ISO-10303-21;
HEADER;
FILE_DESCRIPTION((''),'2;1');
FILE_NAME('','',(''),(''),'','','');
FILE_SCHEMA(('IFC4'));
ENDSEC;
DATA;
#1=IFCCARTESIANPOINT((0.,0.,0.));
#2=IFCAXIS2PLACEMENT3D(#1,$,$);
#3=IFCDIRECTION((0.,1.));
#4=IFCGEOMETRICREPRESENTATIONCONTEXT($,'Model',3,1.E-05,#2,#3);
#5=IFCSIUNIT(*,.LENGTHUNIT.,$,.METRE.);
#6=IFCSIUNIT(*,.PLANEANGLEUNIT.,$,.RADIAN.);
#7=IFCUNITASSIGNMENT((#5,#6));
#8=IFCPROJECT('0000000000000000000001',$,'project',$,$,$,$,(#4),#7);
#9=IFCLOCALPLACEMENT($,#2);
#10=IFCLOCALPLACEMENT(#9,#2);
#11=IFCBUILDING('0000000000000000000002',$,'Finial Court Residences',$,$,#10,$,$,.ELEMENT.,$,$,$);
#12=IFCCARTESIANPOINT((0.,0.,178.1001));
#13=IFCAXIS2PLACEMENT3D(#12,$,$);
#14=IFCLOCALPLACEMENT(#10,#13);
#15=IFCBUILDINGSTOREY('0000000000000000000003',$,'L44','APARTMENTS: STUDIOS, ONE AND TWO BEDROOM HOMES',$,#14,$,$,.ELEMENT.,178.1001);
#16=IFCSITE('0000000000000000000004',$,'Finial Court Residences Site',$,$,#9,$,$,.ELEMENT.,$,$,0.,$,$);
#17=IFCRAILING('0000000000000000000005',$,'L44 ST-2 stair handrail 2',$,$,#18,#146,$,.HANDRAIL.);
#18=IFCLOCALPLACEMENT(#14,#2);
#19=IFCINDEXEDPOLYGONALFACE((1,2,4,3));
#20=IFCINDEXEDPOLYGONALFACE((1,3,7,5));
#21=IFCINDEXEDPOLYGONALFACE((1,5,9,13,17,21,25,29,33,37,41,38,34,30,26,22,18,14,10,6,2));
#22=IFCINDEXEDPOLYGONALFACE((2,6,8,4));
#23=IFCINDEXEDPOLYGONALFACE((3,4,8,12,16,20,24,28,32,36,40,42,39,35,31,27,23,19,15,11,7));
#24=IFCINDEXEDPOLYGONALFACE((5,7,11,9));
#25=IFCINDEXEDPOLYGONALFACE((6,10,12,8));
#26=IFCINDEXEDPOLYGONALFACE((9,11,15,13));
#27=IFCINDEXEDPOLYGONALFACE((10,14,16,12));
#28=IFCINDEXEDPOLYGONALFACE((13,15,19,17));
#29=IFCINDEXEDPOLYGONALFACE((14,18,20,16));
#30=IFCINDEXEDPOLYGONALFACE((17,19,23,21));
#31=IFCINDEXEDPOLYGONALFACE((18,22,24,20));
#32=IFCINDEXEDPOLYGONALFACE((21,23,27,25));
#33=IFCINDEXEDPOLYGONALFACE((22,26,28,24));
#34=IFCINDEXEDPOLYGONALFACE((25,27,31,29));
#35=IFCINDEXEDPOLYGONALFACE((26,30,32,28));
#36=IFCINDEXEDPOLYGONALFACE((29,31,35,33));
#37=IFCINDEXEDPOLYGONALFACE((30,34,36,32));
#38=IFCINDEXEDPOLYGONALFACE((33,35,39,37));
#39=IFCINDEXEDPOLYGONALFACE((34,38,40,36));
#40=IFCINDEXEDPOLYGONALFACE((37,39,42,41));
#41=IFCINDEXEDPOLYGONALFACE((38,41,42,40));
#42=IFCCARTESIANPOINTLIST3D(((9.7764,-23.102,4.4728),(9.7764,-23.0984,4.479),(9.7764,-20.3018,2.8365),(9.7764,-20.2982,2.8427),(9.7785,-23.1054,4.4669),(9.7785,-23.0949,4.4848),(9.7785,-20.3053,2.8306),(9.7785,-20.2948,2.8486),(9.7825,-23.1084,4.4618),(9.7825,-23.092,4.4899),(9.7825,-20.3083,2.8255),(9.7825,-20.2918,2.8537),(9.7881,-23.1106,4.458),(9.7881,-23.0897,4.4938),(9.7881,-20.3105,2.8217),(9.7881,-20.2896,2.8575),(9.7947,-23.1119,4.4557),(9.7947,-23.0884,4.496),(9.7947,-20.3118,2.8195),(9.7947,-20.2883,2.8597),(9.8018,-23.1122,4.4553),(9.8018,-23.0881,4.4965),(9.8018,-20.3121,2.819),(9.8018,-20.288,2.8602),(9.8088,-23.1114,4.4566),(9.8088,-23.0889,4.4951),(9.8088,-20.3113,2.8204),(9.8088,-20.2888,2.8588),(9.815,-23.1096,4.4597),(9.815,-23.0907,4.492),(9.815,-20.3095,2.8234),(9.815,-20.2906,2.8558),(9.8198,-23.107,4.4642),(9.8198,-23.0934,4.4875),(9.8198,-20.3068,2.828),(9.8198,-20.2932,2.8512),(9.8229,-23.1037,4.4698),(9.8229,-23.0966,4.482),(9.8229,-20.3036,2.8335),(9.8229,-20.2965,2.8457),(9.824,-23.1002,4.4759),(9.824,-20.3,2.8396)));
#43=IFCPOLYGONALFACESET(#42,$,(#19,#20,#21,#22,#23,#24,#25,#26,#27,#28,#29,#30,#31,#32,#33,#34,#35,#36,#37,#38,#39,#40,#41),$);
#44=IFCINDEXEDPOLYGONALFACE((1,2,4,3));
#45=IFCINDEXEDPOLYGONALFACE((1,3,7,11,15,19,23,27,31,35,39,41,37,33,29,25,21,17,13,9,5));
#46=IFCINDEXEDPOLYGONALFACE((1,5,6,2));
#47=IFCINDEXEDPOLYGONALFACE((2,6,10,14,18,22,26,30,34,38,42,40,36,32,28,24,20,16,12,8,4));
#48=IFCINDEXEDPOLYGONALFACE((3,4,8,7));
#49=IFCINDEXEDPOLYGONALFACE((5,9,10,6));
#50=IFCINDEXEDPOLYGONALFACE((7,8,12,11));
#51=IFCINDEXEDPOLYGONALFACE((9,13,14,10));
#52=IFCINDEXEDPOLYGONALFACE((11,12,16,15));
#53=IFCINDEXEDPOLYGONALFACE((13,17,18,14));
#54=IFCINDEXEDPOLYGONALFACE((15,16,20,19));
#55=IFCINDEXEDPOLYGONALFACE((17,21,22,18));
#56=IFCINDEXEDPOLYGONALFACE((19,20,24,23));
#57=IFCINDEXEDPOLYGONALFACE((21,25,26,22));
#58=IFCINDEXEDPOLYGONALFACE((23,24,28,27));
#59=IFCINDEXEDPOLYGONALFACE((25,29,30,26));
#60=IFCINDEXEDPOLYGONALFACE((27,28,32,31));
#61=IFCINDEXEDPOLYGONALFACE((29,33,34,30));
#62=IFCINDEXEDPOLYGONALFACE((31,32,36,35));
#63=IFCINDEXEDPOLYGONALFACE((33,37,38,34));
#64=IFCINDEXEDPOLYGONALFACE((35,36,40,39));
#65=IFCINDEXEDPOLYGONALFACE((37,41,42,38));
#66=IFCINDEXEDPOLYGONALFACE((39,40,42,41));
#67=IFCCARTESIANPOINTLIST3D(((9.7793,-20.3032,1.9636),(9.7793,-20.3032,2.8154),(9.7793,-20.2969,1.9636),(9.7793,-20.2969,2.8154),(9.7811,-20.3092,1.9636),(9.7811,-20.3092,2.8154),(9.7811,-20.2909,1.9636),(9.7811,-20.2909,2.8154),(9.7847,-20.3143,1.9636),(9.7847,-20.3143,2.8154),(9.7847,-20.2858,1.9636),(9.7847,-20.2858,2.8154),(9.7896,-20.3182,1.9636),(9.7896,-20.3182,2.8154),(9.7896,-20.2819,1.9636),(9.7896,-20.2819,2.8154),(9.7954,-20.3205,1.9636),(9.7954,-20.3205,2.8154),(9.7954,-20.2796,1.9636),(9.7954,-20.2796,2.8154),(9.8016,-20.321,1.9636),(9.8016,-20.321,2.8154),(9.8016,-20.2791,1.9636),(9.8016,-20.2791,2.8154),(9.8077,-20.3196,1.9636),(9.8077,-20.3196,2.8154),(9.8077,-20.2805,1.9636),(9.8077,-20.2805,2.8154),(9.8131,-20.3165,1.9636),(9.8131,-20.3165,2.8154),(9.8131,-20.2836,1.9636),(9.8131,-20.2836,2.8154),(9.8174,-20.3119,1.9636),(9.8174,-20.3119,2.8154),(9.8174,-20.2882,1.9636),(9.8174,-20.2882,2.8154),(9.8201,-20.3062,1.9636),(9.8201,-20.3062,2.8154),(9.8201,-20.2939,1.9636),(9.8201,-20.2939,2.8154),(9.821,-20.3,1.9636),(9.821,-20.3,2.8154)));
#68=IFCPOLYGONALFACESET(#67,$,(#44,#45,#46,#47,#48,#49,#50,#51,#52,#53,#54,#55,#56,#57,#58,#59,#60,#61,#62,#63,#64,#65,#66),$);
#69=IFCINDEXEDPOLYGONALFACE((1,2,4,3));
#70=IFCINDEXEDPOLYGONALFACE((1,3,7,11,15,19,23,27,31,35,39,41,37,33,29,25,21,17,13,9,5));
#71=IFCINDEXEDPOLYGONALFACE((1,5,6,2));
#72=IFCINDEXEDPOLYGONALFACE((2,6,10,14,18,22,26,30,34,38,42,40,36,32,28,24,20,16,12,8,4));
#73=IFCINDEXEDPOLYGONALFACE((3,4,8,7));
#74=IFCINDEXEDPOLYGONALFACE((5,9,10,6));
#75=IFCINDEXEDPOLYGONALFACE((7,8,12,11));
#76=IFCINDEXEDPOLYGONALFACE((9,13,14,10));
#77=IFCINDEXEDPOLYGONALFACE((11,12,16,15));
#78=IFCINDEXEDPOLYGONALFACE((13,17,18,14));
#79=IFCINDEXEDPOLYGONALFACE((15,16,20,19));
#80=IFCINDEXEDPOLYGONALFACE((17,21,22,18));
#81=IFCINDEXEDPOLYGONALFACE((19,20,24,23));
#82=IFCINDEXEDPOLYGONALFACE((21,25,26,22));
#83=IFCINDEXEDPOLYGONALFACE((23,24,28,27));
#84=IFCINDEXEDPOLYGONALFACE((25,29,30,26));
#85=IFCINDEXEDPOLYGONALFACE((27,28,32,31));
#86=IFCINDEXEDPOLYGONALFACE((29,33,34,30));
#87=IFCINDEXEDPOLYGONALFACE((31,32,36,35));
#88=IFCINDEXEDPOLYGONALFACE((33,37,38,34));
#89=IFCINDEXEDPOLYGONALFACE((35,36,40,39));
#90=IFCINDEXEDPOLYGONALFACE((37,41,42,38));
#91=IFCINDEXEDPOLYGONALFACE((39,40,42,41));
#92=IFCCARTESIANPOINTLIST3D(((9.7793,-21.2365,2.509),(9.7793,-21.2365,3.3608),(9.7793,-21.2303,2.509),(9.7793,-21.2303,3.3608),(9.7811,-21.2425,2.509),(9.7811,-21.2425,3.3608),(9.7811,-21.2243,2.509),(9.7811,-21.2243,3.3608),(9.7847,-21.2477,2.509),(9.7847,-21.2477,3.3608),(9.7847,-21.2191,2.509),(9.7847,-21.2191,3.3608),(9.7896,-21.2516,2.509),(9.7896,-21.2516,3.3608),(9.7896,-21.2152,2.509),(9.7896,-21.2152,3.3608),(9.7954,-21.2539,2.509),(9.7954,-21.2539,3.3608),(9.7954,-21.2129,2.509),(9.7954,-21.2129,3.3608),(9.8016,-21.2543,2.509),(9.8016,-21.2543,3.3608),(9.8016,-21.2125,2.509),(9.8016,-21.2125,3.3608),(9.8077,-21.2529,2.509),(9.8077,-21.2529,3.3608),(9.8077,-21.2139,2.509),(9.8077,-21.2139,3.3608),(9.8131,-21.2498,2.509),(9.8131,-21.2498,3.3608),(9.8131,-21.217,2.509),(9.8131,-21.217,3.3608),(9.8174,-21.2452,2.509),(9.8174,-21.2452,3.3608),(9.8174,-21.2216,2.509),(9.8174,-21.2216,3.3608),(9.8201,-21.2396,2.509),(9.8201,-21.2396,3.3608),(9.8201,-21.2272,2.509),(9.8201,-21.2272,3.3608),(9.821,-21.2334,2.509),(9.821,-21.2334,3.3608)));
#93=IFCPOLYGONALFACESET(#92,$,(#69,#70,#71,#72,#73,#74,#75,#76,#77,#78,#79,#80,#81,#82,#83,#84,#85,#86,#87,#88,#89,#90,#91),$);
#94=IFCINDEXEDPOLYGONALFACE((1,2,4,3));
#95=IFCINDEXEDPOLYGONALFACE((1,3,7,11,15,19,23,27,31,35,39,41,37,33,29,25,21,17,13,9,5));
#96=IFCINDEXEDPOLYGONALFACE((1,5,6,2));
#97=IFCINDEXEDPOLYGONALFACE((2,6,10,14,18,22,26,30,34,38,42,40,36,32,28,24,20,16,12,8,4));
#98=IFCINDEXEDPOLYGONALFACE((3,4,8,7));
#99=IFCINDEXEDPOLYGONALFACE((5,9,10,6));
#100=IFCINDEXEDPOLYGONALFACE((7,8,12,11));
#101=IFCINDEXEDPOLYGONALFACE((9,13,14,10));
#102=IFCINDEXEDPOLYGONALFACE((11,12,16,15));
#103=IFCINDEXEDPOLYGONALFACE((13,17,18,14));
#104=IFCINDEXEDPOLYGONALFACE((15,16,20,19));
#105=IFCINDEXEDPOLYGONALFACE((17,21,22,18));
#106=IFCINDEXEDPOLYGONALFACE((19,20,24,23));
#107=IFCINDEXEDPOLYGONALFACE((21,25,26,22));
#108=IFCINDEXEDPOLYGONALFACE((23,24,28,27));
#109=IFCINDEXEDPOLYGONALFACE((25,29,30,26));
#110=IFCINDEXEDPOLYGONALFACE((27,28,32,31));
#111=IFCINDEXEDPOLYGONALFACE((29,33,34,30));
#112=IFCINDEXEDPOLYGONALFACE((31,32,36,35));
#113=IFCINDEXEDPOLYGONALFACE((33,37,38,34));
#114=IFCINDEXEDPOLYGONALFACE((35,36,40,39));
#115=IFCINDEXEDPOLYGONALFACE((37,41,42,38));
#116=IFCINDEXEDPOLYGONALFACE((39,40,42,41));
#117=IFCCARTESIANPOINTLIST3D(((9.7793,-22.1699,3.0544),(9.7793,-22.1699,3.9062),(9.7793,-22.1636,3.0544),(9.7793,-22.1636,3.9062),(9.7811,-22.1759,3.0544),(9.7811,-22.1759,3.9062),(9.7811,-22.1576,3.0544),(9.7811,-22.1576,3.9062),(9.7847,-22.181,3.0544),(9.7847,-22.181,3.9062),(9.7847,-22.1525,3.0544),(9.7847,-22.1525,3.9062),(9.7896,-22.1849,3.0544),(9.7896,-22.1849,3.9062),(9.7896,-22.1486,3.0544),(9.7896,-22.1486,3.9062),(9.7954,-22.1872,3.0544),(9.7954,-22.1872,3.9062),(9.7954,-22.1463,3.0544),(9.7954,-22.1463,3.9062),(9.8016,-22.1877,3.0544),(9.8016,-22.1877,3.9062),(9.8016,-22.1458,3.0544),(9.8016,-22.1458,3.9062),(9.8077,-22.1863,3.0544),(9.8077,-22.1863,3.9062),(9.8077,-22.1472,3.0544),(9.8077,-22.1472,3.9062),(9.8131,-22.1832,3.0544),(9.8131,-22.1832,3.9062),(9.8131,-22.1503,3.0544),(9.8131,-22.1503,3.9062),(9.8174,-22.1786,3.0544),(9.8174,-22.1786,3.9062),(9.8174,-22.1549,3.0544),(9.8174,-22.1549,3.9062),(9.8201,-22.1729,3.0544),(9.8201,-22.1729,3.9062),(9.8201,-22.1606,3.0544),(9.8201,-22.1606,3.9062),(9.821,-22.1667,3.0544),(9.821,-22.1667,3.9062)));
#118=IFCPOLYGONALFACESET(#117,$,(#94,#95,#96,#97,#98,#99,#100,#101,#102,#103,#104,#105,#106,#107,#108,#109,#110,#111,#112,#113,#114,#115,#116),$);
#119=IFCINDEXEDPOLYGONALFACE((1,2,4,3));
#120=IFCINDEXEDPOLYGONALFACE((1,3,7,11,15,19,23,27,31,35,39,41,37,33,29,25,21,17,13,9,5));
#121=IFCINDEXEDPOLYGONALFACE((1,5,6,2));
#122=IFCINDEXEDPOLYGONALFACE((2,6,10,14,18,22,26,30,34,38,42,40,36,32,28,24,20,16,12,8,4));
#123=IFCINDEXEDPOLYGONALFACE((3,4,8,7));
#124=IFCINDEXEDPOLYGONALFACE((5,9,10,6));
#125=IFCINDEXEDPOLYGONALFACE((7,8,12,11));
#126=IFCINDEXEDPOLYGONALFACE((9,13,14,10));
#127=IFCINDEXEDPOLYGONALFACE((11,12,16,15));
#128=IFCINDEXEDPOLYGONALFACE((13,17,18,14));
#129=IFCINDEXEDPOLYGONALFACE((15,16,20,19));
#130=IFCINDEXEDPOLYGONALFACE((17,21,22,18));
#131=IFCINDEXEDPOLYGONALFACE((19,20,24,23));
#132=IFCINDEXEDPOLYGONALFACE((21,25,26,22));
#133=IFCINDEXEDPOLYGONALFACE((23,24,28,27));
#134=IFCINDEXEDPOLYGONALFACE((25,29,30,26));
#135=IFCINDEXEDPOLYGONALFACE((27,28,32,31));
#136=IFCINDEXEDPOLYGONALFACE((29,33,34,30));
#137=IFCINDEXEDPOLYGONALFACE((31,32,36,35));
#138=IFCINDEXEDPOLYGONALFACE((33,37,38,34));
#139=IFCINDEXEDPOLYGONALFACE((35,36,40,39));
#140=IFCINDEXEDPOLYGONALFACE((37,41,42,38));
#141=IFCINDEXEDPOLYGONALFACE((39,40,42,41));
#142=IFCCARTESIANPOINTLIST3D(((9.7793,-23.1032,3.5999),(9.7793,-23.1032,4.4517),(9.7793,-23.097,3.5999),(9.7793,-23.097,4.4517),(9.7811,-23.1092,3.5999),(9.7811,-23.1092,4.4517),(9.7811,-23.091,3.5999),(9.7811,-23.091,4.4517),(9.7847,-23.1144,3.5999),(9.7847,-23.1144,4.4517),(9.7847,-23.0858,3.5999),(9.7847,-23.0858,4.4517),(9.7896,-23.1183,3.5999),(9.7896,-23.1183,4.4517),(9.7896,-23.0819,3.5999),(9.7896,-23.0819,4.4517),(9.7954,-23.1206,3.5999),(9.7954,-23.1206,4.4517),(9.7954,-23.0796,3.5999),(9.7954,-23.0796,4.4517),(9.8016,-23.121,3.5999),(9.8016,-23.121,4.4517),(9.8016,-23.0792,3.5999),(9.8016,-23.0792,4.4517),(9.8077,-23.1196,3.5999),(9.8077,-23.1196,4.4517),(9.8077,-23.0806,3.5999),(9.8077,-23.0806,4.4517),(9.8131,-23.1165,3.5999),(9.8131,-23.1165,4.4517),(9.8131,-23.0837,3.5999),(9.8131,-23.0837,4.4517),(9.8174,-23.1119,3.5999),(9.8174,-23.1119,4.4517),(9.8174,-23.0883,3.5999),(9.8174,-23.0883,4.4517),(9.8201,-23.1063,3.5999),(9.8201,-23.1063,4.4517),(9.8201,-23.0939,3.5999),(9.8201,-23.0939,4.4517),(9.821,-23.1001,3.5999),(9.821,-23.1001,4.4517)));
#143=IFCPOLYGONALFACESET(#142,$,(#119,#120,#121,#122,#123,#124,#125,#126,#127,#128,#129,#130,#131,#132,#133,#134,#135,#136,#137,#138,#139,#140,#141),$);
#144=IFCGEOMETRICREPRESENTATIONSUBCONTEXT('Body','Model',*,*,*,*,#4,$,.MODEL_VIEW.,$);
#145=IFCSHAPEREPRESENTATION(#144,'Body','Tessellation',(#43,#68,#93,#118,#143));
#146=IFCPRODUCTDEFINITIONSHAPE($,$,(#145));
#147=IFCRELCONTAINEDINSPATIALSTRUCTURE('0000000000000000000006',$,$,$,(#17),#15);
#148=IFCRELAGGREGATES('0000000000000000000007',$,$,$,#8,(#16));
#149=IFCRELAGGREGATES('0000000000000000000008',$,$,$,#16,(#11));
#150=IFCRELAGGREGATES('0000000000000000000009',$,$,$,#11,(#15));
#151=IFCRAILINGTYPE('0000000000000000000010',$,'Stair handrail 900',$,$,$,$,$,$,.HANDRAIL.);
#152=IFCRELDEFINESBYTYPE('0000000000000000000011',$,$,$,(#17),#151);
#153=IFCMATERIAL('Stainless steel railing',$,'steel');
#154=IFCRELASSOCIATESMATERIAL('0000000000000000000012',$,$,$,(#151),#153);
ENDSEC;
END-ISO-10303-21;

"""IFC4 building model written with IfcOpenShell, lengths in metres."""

from ifc_helpers import new_model, si_unit, direction, frame, origin, origin_2d, place, context, subcontext, project, spatial, circle, extrude, material, type_object, element, save


model = new_model("IFC4")

# Units and contexts
model_context = context("Model", 3, precision=1e-05, world=origin(), true_north=direction((0.0, 1.0)))
body_context = subcontext(model_context, "Body", "Model", "MODEL_VIEW")
ifc_project = project(units=[si_unit("LENGTHUNIT", "METRE"), si_unit("PLANEANGLEUNIT", "RADIAN")], contexts=[model_context])

# Site, building, storey
site_placement = place(None, origin())
site = spatial("IfcSite", under=ifc_project, at=site_placement, Name="Finial Court Residences Site", CompositionType="ELEMENT", RefElevation=0.0)
building_placement = place(site_placement, origin())
building = spatial("IfcBuilding", under=site, at=building_placement, Name="Finial Court Residences", CompositionType="ELEMENT")
storey_placement = place(building_placement, frame((0.0, 0.0, 178.1001)))
storey = spatial("IfcBuildingStorey", under=building, at=storey_placement, Name="L44", Description="APARTMENTS: STUDIOS, ONE AND TWO BEDROOM HOMES", CompositionType="ELEMENT", Elevation=178.1001)

# Railing
ifc_material_1 = material(Name="Stainless steel railing", Category="steel")
railing_type_1 = type_object("IfcRailingType", Name="Stair handrail 900", PredefinedType="HANDRAIL", material=ifc_material_1)
railing_1_placement = place(storey_placement, frame((9.8, -20.3, 1.9636)))
element("IfcRailing", 1, at=railing_1_placement, inside=storey, type_object=railing_type_1, Name="L44 ST-2 stair handrail 2", PredefinedType="HANDRAIL", context=body_context, shape_type="SweptSolid", body=[
    extrude(circle(Radius=0.0239, at=origin_2d()), frame((0.0, 0.0, 0.876), z_axis=(0.0, -0.863394, 0.504531), x_axis=(1.0, 0.0, 0.0)), (0.0, 0.0, 1.0), 3.2432),
    extrude(circle(Radius=0.021, at=origin_2d()), origin(), (0.0, 0.0, 1.0), 0.8518),
    extrude(circle(Radius=0.021, at=origin_2d()), frame((0.0, -0.9333, 0.5454)), (0.0, 0.0, 1.0), 0.8518),
    extrude(circle(Radius=0.021, at=origin_2d()), frame((0.0, -1.8667, 1.0908)), (0.0, 0.0, 1.0), 0.8518),
    extrude(circle(Radius=0.021, at=origin_2d()), frame((0.0, -2.8, 1.6362)), (0.0, 0.0, 1.0), 0.8518),
])

save(model, "model.ifc")
